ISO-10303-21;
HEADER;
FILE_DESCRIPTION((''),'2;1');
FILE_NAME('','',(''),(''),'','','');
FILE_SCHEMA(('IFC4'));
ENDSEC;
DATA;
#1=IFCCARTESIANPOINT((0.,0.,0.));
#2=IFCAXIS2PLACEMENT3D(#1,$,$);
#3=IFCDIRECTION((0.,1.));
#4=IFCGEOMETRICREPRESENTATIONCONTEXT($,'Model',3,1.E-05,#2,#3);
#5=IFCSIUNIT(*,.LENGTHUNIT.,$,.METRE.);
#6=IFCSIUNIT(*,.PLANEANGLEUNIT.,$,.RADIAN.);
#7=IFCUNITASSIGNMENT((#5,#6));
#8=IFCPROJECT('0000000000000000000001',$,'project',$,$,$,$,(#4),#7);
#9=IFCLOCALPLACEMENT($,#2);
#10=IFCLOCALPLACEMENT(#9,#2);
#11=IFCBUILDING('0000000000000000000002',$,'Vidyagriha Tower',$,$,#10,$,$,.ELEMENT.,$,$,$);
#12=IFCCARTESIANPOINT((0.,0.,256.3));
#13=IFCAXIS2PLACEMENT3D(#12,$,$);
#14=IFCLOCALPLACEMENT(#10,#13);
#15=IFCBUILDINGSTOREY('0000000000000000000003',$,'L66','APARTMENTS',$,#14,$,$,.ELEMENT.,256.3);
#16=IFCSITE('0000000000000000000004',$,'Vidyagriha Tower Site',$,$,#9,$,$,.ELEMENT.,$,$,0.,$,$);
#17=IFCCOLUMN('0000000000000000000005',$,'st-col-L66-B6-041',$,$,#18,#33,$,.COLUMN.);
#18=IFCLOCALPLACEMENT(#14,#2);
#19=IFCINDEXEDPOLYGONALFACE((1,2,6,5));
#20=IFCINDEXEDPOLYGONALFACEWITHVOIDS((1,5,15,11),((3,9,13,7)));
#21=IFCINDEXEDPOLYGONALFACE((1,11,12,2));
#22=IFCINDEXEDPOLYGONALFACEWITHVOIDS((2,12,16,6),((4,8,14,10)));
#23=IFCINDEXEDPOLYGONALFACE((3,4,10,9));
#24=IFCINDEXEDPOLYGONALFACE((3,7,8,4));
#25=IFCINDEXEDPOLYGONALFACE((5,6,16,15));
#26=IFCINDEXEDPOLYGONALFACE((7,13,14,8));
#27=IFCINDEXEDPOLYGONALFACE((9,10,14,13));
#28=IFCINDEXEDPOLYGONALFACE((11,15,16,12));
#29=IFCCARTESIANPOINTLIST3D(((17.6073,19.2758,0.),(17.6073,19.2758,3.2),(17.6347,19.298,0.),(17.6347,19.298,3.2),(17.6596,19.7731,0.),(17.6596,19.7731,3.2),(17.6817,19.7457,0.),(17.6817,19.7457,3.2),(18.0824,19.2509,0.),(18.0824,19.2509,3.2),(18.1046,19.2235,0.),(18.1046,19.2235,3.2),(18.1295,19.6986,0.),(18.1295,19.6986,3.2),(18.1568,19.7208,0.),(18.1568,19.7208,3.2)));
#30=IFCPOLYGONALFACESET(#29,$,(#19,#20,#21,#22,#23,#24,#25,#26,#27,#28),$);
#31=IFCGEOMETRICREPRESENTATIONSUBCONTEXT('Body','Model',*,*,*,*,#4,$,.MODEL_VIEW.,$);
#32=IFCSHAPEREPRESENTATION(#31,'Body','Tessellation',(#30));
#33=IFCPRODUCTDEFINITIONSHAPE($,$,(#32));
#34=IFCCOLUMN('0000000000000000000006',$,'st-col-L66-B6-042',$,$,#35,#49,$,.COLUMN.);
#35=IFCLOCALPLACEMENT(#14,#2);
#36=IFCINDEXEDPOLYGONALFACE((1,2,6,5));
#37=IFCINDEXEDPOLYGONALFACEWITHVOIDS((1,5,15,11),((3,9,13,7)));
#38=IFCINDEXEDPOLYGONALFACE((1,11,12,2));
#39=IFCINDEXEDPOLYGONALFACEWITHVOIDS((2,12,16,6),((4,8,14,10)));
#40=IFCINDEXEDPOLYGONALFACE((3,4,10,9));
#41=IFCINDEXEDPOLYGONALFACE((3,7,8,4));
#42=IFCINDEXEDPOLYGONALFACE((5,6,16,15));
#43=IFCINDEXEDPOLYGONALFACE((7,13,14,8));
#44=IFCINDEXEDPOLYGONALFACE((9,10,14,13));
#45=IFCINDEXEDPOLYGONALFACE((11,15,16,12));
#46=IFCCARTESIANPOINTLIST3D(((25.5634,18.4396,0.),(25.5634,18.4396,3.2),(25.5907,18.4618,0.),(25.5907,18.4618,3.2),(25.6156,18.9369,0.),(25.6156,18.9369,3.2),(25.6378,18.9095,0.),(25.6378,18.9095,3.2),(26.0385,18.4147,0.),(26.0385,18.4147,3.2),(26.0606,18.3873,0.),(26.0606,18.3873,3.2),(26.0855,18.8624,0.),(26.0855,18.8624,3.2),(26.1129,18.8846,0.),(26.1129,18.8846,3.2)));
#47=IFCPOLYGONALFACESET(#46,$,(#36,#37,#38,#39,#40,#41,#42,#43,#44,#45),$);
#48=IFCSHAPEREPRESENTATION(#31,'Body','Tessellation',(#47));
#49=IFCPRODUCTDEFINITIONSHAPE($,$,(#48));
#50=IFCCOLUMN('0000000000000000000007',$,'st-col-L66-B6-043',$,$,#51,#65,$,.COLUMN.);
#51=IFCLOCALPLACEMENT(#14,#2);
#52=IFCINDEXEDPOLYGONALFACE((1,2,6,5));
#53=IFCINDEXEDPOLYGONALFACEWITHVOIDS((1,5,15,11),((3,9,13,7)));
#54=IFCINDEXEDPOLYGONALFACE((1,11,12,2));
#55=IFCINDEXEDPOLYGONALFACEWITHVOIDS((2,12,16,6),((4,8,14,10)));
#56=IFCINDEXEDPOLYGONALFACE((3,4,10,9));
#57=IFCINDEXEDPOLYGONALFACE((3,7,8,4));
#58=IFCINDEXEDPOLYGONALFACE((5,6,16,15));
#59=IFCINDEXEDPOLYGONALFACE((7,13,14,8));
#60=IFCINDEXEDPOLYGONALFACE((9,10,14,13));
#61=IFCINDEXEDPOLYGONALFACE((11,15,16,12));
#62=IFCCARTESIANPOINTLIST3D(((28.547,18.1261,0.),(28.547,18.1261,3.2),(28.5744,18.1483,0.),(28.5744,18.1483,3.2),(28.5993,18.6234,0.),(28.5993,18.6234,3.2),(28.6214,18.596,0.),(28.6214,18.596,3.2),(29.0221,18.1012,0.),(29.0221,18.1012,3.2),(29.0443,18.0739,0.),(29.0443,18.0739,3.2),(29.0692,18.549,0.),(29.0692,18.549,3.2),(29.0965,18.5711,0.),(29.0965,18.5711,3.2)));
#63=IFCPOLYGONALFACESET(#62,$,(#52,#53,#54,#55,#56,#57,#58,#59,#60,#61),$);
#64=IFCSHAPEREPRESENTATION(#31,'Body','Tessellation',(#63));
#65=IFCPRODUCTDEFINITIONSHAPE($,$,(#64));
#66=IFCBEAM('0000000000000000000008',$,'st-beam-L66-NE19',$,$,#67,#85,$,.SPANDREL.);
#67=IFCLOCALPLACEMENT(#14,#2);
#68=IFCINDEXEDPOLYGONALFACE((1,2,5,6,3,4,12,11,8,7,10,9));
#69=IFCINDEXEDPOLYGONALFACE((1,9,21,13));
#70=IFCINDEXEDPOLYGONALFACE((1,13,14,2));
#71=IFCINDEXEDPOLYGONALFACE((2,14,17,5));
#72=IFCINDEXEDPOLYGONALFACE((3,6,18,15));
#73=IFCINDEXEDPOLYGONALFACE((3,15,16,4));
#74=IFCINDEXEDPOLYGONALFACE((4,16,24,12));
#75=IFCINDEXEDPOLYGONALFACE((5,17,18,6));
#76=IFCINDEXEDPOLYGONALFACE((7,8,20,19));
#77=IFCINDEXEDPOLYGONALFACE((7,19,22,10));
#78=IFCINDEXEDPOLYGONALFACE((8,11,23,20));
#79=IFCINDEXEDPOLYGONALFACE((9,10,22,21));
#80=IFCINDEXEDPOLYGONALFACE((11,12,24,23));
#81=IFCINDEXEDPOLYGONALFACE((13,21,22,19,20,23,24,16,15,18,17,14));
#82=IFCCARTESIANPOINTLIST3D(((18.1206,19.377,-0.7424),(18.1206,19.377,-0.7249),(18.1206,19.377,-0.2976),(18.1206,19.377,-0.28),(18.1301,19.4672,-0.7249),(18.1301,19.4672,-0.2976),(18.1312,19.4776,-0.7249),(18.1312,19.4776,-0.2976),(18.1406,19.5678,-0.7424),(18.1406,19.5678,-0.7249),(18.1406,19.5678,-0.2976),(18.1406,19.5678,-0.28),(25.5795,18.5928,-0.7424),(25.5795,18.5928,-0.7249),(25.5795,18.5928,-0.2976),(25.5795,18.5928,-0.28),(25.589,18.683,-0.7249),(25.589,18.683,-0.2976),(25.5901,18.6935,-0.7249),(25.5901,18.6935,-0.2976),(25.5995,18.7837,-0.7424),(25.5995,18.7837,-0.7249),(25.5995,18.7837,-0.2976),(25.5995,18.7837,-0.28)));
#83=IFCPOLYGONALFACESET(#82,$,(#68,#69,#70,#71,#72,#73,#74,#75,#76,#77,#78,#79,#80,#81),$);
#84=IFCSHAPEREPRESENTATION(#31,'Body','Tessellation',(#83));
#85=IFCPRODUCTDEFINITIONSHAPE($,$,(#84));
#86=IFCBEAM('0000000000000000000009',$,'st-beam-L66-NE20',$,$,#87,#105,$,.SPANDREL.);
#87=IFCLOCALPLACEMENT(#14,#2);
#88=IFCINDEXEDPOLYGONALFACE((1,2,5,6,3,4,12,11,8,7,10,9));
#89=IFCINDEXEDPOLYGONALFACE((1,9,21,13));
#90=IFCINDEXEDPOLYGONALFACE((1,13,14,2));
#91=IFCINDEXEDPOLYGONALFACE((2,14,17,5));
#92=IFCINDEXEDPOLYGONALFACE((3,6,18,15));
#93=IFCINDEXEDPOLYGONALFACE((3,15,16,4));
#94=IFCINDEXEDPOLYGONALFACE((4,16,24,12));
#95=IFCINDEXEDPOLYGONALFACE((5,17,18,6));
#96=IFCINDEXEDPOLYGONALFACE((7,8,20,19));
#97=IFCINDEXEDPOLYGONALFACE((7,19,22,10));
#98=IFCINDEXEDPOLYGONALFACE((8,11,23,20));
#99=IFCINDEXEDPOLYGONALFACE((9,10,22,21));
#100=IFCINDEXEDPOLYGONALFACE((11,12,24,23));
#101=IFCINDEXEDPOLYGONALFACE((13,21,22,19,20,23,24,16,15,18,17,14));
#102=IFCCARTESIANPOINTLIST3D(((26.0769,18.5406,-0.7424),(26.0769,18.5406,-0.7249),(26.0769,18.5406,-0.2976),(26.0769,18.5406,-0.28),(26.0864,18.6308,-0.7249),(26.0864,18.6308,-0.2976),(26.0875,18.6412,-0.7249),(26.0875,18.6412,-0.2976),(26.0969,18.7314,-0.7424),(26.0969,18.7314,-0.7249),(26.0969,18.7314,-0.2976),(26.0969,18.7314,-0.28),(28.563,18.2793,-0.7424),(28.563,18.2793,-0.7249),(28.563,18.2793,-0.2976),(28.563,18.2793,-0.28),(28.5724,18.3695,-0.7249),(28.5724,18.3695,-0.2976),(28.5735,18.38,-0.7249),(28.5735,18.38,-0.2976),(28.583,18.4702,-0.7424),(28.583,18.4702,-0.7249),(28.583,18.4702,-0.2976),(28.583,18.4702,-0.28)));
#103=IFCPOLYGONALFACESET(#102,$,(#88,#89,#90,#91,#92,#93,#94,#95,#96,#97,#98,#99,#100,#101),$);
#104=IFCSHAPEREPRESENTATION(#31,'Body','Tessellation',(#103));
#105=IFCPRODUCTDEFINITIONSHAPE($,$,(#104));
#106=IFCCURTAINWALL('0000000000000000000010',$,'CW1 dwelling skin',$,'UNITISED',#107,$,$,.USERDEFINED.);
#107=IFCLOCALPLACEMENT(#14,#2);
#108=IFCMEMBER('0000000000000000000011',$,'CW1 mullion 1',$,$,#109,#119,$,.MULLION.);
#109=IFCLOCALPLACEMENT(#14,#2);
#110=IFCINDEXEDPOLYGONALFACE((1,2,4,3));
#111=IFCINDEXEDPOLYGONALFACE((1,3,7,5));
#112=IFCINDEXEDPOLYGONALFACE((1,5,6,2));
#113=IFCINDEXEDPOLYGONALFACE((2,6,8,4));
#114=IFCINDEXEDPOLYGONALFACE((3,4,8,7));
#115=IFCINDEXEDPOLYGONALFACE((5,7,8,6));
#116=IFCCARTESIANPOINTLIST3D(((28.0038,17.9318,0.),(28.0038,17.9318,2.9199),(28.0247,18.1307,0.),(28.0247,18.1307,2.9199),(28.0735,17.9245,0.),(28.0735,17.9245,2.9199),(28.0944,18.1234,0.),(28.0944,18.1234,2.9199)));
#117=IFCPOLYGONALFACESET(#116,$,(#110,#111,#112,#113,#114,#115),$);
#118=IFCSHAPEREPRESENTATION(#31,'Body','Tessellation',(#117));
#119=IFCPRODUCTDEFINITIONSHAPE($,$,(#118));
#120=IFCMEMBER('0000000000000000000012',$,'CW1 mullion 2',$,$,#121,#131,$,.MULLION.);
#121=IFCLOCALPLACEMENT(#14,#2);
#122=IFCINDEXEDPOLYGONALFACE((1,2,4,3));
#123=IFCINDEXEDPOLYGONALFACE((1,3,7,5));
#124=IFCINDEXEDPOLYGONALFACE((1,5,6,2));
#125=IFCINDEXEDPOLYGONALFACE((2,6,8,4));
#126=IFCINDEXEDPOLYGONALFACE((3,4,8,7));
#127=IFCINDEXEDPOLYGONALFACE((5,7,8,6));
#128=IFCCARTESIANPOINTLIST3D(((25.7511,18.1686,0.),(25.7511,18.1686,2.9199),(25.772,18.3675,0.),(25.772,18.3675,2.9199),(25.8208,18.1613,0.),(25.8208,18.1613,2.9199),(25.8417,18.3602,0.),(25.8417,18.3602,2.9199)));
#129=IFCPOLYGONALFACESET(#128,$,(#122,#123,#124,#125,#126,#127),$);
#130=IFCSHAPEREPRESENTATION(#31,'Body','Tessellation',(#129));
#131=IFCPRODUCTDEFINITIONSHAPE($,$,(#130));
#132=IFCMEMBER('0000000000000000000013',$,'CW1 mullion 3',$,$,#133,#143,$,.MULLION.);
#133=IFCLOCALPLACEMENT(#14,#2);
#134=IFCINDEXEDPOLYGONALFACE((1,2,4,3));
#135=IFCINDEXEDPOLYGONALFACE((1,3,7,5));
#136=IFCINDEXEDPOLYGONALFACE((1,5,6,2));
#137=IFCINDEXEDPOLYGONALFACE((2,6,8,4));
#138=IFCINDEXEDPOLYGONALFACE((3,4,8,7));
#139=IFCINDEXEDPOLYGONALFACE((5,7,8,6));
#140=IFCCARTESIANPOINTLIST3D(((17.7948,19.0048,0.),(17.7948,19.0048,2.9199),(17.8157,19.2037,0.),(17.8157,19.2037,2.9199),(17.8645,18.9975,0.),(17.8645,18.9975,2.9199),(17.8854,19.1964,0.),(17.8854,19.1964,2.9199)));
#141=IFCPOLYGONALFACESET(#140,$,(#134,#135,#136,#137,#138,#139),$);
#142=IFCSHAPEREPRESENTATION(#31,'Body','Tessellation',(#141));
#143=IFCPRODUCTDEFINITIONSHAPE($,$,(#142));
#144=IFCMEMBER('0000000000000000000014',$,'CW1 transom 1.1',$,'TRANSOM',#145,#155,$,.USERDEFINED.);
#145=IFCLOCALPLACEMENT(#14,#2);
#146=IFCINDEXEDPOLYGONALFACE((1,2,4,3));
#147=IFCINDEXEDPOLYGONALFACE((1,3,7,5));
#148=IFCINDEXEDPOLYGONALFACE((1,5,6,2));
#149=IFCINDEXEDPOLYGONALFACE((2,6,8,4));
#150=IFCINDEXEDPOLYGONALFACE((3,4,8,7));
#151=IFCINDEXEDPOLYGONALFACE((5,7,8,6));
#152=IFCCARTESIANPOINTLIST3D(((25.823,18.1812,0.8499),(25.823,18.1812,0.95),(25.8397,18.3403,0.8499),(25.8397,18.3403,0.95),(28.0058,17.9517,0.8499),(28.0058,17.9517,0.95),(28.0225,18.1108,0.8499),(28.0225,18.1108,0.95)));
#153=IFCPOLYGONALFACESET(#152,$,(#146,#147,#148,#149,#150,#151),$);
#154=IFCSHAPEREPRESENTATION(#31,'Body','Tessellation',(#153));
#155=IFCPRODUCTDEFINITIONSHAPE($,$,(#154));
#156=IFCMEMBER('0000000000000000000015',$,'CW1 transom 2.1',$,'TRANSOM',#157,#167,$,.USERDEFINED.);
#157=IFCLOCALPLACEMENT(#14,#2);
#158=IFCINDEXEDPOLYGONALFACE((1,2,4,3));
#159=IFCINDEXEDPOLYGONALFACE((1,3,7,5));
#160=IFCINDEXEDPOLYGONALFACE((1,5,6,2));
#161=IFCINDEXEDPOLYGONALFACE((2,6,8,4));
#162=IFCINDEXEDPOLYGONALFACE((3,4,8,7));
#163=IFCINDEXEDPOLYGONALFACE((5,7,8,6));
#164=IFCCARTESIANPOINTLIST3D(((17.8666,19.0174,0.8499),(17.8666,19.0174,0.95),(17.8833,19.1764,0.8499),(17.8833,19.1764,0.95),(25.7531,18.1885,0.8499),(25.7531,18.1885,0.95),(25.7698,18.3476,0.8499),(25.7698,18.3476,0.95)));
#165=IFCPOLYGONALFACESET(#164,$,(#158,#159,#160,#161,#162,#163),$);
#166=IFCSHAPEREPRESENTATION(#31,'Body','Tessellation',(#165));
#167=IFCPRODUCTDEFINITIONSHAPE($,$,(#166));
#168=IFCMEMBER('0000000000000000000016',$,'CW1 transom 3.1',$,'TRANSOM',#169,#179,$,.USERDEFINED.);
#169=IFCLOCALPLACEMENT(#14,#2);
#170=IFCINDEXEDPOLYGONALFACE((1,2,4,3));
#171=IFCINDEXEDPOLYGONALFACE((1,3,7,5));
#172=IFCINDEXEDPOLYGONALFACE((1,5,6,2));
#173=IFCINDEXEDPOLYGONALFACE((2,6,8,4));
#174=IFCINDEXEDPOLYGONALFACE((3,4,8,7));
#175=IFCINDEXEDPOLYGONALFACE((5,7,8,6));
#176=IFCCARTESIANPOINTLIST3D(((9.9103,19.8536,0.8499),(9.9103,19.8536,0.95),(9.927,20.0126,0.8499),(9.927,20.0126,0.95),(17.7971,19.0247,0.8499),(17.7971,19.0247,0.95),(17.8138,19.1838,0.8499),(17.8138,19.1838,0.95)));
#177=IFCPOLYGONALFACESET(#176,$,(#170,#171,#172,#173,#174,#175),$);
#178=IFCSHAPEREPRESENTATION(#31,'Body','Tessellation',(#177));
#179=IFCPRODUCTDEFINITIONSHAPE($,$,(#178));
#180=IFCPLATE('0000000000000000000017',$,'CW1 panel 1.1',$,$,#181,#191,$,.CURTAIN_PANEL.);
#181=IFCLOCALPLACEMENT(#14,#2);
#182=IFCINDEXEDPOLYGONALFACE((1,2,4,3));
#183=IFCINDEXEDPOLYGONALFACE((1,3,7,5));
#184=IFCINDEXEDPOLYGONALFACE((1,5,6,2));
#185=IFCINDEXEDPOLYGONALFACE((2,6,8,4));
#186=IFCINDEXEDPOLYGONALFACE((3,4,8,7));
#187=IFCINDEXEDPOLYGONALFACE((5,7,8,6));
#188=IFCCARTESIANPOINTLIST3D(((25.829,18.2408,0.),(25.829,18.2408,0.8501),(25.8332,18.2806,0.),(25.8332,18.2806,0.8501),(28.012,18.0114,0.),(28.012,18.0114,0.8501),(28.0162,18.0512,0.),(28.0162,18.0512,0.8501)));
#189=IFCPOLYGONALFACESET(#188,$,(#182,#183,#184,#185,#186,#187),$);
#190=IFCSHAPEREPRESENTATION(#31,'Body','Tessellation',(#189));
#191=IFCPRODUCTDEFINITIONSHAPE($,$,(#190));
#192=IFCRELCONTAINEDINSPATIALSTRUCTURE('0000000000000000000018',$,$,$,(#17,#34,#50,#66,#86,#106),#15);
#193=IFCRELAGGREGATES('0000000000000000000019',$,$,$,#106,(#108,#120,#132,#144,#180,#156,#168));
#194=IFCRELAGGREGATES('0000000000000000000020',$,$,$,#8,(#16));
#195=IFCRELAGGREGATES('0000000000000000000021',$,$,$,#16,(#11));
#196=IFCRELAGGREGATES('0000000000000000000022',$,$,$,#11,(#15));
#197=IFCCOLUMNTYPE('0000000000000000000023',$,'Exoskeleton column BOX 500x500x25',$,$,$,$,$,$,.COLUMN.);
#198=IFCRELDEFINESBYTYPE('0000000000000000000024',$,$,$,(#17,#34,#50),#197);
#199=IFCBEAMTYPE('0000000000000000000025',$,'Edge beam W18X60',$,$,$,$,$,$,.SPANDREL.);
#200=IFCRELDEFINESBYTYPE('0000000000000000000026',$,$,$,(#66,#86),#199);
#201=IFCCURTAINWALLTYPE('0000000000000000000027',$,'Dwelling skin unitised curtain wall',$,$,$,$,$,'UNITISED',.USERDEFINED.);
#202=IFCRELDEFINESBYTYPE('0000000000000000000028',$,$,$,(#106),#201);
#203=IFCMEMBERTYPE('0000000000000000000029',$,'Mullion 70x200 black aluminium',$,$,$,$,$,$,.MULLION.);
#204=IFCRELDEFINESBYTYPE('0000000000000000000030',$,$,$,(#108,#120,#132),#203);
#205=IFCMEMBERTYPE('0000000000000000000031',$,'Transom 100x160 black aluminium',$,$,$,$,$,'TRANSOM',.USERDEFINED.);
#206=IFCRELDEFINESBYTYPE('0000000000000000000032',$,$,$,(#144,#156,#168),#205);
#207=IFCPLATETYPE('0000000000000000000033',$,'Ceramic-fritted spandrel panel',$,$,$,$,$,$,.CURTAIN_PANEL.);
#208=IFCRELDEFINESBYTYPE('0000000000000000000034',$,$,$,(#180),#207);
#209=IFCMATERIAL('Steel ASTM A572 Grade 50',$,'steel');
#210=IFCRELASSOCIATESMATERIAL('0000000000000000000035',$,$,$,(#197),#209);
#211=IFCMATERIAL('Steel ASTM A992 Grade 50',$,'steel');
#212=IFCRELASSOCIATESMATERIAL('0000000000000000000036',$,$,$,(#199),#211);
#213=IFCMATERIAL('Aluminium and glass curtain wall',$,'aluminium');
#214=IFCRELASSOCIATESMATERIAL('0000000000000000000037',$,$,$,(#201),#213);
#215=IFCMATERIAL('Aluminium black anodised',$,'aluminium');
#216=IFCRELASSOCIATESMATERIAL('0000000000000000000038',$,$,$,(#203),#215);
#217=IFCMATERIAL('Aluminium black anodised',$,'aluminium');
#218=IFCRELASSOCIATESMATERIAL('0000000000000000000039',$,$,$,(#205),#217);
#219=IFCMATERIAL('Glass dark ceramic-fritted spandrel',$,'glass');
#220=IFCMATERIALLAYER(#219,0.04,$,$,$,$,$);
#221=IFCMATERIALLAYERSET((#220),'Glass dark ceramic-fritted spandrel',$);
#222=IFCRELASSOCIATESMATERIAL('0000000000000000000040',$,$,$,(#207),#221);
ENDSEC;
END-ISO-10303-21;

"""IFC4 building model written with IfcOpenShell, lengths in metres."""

from ifc_helpers import new_model, si_unit, direction, frame, origin, origin_2d, place, context, subcontext, project, spatial, rectangle, hollow_rectangle, i_section, extrude, material, layer, layer_set, material_profile, profile_set, type_object, element, aggregate, save


model = new_model("IFC4")

# Units and contexts
model_context = context("Model", 3, precision=1e-05, world=origin(), true_north=direction((0.0, 1.0)))
body_context = subcontext(model_context, "Body", "Model", "MODEL_VIEW")
ifc_project = project(units=[si_unit("LENGTHUNIT", "METRE"), si_unit("PLANEANGLEUNIT", "RADIAN")], contexts=[model_context])

# Site, building, storey
site_placement = place(None, origin())
site = spatial("IfcSite", under=ifc_project, at=site_placement, Name="Vidyagriha Tower Site", CompositionType="ELEMENT", RefElevation=0.0)
building_placement = place(site_placement, origin())
building = spatial("IfcBuilding", under=site, at=building_placement, Name="Vidyagriha Tower", CompositionType="ELEMENT")
storey_placement = place(building_placement, frame((0.0, 0.0, 256.3)))
storey = spatial("IfcBuildingStorey", under=building, at=storey_placement, Name="L66", Description="APARTMENTS", CompositionType="ELEMENT", Elevation=256.3)

# Columns
ifc_material_1 = material(Name="Steel ASTM A572 Grade 50", Category="steel")
ifc_material_profile_1 = material_profile(ifc_material_1, hollow_rectangle(XDim=0.5, YDim=0.5, WallThickness=0.0249, at=origin_2d()), Name="BOX 500x500x25")
ifc_profile_set_1 = profile_set([ifc_material_profile_1], Name="Steel ASTM A572 Grade 50")
column_type = type_object("IfcColumnType", Name="Exoskeleton column BOX 500x500x25", PredefinedType="COLUMN", material=ifc_profile_set_1)
for number, where, z_axis, x_axis, name in (
    (1, (17.8821, 19.4983, 0.0), (0.0, 0.0, 1.0), (0.994522, -0.104528, 0.0), "st-col-L66-B6-041"),
    (2, (25.8381, 18.6621, 0.0), (0.0, 0.0, 1.0), (0.994522, -0.104528, 0.0), "st-col-L66-B6-042"),
    (3, (28.8218, 18.3486, 0.0), (0.0, 0.0, 1.0), (0.994522, -0.104528, 0.0), "st-col-L66-B6-043"),
):
    element("IfcColumn", number, at=place(storey_placement, frame(where, z_axis=z_axis, x_axis=x_axis)), inside=storey, type_object=column_type, Name=name, PredefinedType="COLUMN", context=body_context, shape_type="SweptSolid", body=[
        extrude(hollow_rectangle(XDim=0.5, YDim=0.5, WallThickness=0.0249, at=origin_2d()), origin(), (0.0, 0.0, 1.0), 3.2),
    ])

# Beams
ifc_material_2 = material(Name="Steel ASTM A992 Grade 50", Category="steel")
ifc_material_profile_2 = material_profile(ifc_material_2, i_section(OverallWidth=0.1919, OverallDepth=0.4624, WebThickness=0.0105, FlangeThickness=0.0176, at=origin_2d()), Name="W18X60")
ifc_profile_set_2 = profile_set([ifc_material_profile_2], Name="Steel ASTM A992 Grade 50")
beam_type = type_object("IfcBeamType", Name="Edge beam W18X60", PredefinedType="SPANDREL", material=ifc_profile_set_2)
beam_1_placement = place(storey_placement, frame((18.1306, 19.4724, -0.5112), z_axis=(0.994519, -0.104556, 0.0), x_axis=(0.104556, 0.994519, 0.0)))
element("IfcBeam", 4, at=beam_1_placement, inside=storey, type_object=beam_type, Name="st-beam-L66-NE19", PredefinedType="SPANDREL", context=body_context, shape_type="SweptSolid", body=[
    extrude(i_section(OverallWidth=0.1919, OverallDepth=0.4624, WebThickness=0.0105, FlangeThickness=0.0176, at=origin_2d()), origin(), (0.0, 0.0, 1.0), 7.5),
])
beam_2_placement = place(storey_placement, frame((26.0869, 18.636, -0.5112), z_axis=(0.994525, -0.104502, 0.0), x_axis=(0.104502, 0.994525, 0.0)))
element("IfcBeam", 5, at=beam_2_placement, inside=storey, type_object=beam_type, Name="st-beam-L66-NE20", PredefinedType="SPANDREL", context=body_context, shape_type="SweptSolid", body=[
    extrude(i_section(OverallWidth=0.1919, OverallDepth=0.4624, WebThickness=0.0105, FlangeThickness=0.0176, at=origin_2d()), origin(), (0.0, 0.0, 1.0), 2.4998),
])

# Curtain wall, members, plate
ifc_material_3 = material(Name="Aluminium and glass curtain wall", Category="aluminium")
curtain_wall_type = type_object("IfcCurtainWallType", Name="Dwelling skin unitised curtain wall", ElementType="UNITISED", PredefinedType="USERDEFINED", material=ifc_material_3)
curtain_wall_placement = place(storey_placement, origin())
curtain_wall = element("IfcCurtainWall", 6, at=curtain_wall_placement, inside=storey, type_object=curtain_wall_type, Name="CW1 dwelling skin", ObjectType="UNITISED", PredefinedType="USERDEFINED")
ifc_material_4 = material(Name="Aluminium black anodised", Category="aluminium")
ifc_material_profile_3 = material_profile(ifc_material_4, rectangle(XDim=0.2, YDim=0.0701, at=origin_2d()), Name="Mullion 70x200 black aluminium")
ifc_profile_set_3 = profile_set([ifc_material_profile_3], Name="Aluminium black anodised")
member_type_1 = type_object("IfcMemberType", Name="Mullion 70x200 black aluminium", PredefinedType="MULLION", material=ifc_profile_set_3)
member_1_placement = place(storey_placement, frame((28.0491, 18.0276, 0.0), z_axis=(0.0, 0.0, 1.0), x_axis=(-0.104529, -0.994522, 0.0)))
member_1 = element("IfcMember", 7, at=member_1_placement, type_object=member_type_1, Name="CW1 mullion 1", PredefinedType="MULLION", context=body_context, shape_type="SweptSolid", body=[
    extrude(rectangle(XDim=0.2, YDim=0.0701, at=origin_2d()), origin(), (0.0, 0.0, 1.0), 2.9199),
])
member_2_placement = place(storey_placement, frame((25.7964, 18.2644, 0.0), z_axis=(0.0, 0.0, 1.0), x_axis=(-0.104529, -0.994522, 0.0)))
member_2 = element("IfcMember", 8, at=member_2_placement, type_object=member_type_1, Name="CW1 mullion 2", PredefinedType="MULLION", context=body_context, shape_type="SweptSolid", body=[
    extrude(rectangle(XDim=0.2, YDim=0.0701, at=origin_2d()), origin(), (0.0, 0.0, 1.0), 2.9199),
])
member_3_placement = place(storey_placement, frame((17.8401, 19.1006, 0.0), z_axis=(0.0, 0.0, 1.0), x_axis=(-0.104529, -0.994522, 0.0)))
member_3 = element("IfcMember", 9, at=member_3_placement, type_object=member_type_1, Name="CW1 mullion 3", PredefinedType="MULLION", context=body_context, shape_type="SweptSolid", body=[
    extrude(rectangle(XDim=0.2, YDim=0.0701, at=origin_2d()), origin(), (0.0, 0.0, 1.0), 2.9199),
])
ifc_material_5 = material(Name="Aluminium black anodised", Category="aluminium")
ifc_material_profile_4 = material_profile(ifc_material_5, rectangle(XDim=0.1599, YDim=0.1001, at=origin_2d()), Name="Transom 100x160 black aluminium")
ifc_profile_set_4 = profile_set([ifc_material_profile_4], Name="Aluminium black anodised")
member_type_2 = type_object("IfcMemberType", Name="Transom 100x160 black aluminium", ElementType="TRANSOM", PredefinedType="USERDEFINED", material=ifc_profile_set_4)
member_4_placement = place(storey_placement, frame((28.0142, 18.0312, 0.8999), z_axis=(-0.994519, 0.104557, 0.0), x_axis=(-0.104557, -0.994519, 0.0)))
member_4 = element("IfcMember", 10, at=member_4_placement, type_object=member_type_2, Name="CW1 transom 1.1", ObjectType="TRANSOM", PredefinedType="USERDEFINED", context=body_context, shape_type="SweptSolid", body=[
    extrude(rectangle(XDim=0.1599, YDim=0.1001, at=origin_2d()), origin(), (0.0, 0.0, 1.0), 2.1948),
])
member_5_placement = place(storey_placement, frame((25.7615, 18.2681, 0.8999), z_axis=(-0.994522, 0.104523, 0.0), x_axis=(-0.104523, -0.994522, 0.0)))
member_5 = element("IfcMember", 11, at=member_5_placement, type_object=member_type_2, Name="CW1 transom 2.1", ObjectType="TRANSOM", PredefinedType="USERDEFINED", context=body_context, shape_type="SweptSolid", body=[
    extrude(rectangle(XDim=0.1599, YDim=0.1001, at=origin_2d()), origin(), (0.0, 0.0, 1.0), 7.9299),
])
member_6_placement = place(storey_placement, frame((17.8054, 19.1042, 0.8999), z_axis=(-0.994523, 0.10452, 0.0), x_axis=(-0.10452, -0.994523, 0.0)))
member_6 = element("IfcMember", 12, at=member_6_placement, type_object=member_type_2, Name="CW1 transom 3.1", ObjectType="TRANSOM", PredefinedType="USERDEFINED", context=body_context, shape_type="SweptSolid", body=[
    extrude(rectangle(XDim=0.1599, YDim=0.1001, at=origin_2d()), origin(), (0.0, 0.0, 1.0), 7.9302),
])
ifc_material_6 = material(Name="Glass dark ceramic-fritted spandrel", Category="glass")
ifc_layer_1 = layer(ifc_material_6, 0.04)
ifc_layer_set_1 = layer_set([ifc_layer_1], Name="Glass dark ceramic-fritted spandrel")
plate_type_1 = type_object("IfcPlateType", Name="Ceramic-fritted spandrel panel", PredefinedType="CURTAIN_PANEL", material=ifc_layer_set_1)
plate_1_placement = place(storey_placement, frame((26.9226, 18.146, 0.0), z_axis=(0.0, 0.0, 1.0), x_axis=(-0.994522, 0.104529, 0.0)))
plate_1 = element("IfcPlate", 13, at=plate_1_placement, type_object=plate_type_1, Name="CW1 panel 1.1", PredefinedType="CURTAIN_PANEL", context=body_context, shape_type="SweptSolid", body=[
    extrude(rectangle(XDim=2.1951, YDim=0.04, at=origin_2d()), origin(), (0.0, 0.0, 1.0), 0.8501),
])
aggregate(curtain_wall, [member_1, member_2, member_3, member_4, plate_1, member_5, member_6])

save(model, "model.ifc")
